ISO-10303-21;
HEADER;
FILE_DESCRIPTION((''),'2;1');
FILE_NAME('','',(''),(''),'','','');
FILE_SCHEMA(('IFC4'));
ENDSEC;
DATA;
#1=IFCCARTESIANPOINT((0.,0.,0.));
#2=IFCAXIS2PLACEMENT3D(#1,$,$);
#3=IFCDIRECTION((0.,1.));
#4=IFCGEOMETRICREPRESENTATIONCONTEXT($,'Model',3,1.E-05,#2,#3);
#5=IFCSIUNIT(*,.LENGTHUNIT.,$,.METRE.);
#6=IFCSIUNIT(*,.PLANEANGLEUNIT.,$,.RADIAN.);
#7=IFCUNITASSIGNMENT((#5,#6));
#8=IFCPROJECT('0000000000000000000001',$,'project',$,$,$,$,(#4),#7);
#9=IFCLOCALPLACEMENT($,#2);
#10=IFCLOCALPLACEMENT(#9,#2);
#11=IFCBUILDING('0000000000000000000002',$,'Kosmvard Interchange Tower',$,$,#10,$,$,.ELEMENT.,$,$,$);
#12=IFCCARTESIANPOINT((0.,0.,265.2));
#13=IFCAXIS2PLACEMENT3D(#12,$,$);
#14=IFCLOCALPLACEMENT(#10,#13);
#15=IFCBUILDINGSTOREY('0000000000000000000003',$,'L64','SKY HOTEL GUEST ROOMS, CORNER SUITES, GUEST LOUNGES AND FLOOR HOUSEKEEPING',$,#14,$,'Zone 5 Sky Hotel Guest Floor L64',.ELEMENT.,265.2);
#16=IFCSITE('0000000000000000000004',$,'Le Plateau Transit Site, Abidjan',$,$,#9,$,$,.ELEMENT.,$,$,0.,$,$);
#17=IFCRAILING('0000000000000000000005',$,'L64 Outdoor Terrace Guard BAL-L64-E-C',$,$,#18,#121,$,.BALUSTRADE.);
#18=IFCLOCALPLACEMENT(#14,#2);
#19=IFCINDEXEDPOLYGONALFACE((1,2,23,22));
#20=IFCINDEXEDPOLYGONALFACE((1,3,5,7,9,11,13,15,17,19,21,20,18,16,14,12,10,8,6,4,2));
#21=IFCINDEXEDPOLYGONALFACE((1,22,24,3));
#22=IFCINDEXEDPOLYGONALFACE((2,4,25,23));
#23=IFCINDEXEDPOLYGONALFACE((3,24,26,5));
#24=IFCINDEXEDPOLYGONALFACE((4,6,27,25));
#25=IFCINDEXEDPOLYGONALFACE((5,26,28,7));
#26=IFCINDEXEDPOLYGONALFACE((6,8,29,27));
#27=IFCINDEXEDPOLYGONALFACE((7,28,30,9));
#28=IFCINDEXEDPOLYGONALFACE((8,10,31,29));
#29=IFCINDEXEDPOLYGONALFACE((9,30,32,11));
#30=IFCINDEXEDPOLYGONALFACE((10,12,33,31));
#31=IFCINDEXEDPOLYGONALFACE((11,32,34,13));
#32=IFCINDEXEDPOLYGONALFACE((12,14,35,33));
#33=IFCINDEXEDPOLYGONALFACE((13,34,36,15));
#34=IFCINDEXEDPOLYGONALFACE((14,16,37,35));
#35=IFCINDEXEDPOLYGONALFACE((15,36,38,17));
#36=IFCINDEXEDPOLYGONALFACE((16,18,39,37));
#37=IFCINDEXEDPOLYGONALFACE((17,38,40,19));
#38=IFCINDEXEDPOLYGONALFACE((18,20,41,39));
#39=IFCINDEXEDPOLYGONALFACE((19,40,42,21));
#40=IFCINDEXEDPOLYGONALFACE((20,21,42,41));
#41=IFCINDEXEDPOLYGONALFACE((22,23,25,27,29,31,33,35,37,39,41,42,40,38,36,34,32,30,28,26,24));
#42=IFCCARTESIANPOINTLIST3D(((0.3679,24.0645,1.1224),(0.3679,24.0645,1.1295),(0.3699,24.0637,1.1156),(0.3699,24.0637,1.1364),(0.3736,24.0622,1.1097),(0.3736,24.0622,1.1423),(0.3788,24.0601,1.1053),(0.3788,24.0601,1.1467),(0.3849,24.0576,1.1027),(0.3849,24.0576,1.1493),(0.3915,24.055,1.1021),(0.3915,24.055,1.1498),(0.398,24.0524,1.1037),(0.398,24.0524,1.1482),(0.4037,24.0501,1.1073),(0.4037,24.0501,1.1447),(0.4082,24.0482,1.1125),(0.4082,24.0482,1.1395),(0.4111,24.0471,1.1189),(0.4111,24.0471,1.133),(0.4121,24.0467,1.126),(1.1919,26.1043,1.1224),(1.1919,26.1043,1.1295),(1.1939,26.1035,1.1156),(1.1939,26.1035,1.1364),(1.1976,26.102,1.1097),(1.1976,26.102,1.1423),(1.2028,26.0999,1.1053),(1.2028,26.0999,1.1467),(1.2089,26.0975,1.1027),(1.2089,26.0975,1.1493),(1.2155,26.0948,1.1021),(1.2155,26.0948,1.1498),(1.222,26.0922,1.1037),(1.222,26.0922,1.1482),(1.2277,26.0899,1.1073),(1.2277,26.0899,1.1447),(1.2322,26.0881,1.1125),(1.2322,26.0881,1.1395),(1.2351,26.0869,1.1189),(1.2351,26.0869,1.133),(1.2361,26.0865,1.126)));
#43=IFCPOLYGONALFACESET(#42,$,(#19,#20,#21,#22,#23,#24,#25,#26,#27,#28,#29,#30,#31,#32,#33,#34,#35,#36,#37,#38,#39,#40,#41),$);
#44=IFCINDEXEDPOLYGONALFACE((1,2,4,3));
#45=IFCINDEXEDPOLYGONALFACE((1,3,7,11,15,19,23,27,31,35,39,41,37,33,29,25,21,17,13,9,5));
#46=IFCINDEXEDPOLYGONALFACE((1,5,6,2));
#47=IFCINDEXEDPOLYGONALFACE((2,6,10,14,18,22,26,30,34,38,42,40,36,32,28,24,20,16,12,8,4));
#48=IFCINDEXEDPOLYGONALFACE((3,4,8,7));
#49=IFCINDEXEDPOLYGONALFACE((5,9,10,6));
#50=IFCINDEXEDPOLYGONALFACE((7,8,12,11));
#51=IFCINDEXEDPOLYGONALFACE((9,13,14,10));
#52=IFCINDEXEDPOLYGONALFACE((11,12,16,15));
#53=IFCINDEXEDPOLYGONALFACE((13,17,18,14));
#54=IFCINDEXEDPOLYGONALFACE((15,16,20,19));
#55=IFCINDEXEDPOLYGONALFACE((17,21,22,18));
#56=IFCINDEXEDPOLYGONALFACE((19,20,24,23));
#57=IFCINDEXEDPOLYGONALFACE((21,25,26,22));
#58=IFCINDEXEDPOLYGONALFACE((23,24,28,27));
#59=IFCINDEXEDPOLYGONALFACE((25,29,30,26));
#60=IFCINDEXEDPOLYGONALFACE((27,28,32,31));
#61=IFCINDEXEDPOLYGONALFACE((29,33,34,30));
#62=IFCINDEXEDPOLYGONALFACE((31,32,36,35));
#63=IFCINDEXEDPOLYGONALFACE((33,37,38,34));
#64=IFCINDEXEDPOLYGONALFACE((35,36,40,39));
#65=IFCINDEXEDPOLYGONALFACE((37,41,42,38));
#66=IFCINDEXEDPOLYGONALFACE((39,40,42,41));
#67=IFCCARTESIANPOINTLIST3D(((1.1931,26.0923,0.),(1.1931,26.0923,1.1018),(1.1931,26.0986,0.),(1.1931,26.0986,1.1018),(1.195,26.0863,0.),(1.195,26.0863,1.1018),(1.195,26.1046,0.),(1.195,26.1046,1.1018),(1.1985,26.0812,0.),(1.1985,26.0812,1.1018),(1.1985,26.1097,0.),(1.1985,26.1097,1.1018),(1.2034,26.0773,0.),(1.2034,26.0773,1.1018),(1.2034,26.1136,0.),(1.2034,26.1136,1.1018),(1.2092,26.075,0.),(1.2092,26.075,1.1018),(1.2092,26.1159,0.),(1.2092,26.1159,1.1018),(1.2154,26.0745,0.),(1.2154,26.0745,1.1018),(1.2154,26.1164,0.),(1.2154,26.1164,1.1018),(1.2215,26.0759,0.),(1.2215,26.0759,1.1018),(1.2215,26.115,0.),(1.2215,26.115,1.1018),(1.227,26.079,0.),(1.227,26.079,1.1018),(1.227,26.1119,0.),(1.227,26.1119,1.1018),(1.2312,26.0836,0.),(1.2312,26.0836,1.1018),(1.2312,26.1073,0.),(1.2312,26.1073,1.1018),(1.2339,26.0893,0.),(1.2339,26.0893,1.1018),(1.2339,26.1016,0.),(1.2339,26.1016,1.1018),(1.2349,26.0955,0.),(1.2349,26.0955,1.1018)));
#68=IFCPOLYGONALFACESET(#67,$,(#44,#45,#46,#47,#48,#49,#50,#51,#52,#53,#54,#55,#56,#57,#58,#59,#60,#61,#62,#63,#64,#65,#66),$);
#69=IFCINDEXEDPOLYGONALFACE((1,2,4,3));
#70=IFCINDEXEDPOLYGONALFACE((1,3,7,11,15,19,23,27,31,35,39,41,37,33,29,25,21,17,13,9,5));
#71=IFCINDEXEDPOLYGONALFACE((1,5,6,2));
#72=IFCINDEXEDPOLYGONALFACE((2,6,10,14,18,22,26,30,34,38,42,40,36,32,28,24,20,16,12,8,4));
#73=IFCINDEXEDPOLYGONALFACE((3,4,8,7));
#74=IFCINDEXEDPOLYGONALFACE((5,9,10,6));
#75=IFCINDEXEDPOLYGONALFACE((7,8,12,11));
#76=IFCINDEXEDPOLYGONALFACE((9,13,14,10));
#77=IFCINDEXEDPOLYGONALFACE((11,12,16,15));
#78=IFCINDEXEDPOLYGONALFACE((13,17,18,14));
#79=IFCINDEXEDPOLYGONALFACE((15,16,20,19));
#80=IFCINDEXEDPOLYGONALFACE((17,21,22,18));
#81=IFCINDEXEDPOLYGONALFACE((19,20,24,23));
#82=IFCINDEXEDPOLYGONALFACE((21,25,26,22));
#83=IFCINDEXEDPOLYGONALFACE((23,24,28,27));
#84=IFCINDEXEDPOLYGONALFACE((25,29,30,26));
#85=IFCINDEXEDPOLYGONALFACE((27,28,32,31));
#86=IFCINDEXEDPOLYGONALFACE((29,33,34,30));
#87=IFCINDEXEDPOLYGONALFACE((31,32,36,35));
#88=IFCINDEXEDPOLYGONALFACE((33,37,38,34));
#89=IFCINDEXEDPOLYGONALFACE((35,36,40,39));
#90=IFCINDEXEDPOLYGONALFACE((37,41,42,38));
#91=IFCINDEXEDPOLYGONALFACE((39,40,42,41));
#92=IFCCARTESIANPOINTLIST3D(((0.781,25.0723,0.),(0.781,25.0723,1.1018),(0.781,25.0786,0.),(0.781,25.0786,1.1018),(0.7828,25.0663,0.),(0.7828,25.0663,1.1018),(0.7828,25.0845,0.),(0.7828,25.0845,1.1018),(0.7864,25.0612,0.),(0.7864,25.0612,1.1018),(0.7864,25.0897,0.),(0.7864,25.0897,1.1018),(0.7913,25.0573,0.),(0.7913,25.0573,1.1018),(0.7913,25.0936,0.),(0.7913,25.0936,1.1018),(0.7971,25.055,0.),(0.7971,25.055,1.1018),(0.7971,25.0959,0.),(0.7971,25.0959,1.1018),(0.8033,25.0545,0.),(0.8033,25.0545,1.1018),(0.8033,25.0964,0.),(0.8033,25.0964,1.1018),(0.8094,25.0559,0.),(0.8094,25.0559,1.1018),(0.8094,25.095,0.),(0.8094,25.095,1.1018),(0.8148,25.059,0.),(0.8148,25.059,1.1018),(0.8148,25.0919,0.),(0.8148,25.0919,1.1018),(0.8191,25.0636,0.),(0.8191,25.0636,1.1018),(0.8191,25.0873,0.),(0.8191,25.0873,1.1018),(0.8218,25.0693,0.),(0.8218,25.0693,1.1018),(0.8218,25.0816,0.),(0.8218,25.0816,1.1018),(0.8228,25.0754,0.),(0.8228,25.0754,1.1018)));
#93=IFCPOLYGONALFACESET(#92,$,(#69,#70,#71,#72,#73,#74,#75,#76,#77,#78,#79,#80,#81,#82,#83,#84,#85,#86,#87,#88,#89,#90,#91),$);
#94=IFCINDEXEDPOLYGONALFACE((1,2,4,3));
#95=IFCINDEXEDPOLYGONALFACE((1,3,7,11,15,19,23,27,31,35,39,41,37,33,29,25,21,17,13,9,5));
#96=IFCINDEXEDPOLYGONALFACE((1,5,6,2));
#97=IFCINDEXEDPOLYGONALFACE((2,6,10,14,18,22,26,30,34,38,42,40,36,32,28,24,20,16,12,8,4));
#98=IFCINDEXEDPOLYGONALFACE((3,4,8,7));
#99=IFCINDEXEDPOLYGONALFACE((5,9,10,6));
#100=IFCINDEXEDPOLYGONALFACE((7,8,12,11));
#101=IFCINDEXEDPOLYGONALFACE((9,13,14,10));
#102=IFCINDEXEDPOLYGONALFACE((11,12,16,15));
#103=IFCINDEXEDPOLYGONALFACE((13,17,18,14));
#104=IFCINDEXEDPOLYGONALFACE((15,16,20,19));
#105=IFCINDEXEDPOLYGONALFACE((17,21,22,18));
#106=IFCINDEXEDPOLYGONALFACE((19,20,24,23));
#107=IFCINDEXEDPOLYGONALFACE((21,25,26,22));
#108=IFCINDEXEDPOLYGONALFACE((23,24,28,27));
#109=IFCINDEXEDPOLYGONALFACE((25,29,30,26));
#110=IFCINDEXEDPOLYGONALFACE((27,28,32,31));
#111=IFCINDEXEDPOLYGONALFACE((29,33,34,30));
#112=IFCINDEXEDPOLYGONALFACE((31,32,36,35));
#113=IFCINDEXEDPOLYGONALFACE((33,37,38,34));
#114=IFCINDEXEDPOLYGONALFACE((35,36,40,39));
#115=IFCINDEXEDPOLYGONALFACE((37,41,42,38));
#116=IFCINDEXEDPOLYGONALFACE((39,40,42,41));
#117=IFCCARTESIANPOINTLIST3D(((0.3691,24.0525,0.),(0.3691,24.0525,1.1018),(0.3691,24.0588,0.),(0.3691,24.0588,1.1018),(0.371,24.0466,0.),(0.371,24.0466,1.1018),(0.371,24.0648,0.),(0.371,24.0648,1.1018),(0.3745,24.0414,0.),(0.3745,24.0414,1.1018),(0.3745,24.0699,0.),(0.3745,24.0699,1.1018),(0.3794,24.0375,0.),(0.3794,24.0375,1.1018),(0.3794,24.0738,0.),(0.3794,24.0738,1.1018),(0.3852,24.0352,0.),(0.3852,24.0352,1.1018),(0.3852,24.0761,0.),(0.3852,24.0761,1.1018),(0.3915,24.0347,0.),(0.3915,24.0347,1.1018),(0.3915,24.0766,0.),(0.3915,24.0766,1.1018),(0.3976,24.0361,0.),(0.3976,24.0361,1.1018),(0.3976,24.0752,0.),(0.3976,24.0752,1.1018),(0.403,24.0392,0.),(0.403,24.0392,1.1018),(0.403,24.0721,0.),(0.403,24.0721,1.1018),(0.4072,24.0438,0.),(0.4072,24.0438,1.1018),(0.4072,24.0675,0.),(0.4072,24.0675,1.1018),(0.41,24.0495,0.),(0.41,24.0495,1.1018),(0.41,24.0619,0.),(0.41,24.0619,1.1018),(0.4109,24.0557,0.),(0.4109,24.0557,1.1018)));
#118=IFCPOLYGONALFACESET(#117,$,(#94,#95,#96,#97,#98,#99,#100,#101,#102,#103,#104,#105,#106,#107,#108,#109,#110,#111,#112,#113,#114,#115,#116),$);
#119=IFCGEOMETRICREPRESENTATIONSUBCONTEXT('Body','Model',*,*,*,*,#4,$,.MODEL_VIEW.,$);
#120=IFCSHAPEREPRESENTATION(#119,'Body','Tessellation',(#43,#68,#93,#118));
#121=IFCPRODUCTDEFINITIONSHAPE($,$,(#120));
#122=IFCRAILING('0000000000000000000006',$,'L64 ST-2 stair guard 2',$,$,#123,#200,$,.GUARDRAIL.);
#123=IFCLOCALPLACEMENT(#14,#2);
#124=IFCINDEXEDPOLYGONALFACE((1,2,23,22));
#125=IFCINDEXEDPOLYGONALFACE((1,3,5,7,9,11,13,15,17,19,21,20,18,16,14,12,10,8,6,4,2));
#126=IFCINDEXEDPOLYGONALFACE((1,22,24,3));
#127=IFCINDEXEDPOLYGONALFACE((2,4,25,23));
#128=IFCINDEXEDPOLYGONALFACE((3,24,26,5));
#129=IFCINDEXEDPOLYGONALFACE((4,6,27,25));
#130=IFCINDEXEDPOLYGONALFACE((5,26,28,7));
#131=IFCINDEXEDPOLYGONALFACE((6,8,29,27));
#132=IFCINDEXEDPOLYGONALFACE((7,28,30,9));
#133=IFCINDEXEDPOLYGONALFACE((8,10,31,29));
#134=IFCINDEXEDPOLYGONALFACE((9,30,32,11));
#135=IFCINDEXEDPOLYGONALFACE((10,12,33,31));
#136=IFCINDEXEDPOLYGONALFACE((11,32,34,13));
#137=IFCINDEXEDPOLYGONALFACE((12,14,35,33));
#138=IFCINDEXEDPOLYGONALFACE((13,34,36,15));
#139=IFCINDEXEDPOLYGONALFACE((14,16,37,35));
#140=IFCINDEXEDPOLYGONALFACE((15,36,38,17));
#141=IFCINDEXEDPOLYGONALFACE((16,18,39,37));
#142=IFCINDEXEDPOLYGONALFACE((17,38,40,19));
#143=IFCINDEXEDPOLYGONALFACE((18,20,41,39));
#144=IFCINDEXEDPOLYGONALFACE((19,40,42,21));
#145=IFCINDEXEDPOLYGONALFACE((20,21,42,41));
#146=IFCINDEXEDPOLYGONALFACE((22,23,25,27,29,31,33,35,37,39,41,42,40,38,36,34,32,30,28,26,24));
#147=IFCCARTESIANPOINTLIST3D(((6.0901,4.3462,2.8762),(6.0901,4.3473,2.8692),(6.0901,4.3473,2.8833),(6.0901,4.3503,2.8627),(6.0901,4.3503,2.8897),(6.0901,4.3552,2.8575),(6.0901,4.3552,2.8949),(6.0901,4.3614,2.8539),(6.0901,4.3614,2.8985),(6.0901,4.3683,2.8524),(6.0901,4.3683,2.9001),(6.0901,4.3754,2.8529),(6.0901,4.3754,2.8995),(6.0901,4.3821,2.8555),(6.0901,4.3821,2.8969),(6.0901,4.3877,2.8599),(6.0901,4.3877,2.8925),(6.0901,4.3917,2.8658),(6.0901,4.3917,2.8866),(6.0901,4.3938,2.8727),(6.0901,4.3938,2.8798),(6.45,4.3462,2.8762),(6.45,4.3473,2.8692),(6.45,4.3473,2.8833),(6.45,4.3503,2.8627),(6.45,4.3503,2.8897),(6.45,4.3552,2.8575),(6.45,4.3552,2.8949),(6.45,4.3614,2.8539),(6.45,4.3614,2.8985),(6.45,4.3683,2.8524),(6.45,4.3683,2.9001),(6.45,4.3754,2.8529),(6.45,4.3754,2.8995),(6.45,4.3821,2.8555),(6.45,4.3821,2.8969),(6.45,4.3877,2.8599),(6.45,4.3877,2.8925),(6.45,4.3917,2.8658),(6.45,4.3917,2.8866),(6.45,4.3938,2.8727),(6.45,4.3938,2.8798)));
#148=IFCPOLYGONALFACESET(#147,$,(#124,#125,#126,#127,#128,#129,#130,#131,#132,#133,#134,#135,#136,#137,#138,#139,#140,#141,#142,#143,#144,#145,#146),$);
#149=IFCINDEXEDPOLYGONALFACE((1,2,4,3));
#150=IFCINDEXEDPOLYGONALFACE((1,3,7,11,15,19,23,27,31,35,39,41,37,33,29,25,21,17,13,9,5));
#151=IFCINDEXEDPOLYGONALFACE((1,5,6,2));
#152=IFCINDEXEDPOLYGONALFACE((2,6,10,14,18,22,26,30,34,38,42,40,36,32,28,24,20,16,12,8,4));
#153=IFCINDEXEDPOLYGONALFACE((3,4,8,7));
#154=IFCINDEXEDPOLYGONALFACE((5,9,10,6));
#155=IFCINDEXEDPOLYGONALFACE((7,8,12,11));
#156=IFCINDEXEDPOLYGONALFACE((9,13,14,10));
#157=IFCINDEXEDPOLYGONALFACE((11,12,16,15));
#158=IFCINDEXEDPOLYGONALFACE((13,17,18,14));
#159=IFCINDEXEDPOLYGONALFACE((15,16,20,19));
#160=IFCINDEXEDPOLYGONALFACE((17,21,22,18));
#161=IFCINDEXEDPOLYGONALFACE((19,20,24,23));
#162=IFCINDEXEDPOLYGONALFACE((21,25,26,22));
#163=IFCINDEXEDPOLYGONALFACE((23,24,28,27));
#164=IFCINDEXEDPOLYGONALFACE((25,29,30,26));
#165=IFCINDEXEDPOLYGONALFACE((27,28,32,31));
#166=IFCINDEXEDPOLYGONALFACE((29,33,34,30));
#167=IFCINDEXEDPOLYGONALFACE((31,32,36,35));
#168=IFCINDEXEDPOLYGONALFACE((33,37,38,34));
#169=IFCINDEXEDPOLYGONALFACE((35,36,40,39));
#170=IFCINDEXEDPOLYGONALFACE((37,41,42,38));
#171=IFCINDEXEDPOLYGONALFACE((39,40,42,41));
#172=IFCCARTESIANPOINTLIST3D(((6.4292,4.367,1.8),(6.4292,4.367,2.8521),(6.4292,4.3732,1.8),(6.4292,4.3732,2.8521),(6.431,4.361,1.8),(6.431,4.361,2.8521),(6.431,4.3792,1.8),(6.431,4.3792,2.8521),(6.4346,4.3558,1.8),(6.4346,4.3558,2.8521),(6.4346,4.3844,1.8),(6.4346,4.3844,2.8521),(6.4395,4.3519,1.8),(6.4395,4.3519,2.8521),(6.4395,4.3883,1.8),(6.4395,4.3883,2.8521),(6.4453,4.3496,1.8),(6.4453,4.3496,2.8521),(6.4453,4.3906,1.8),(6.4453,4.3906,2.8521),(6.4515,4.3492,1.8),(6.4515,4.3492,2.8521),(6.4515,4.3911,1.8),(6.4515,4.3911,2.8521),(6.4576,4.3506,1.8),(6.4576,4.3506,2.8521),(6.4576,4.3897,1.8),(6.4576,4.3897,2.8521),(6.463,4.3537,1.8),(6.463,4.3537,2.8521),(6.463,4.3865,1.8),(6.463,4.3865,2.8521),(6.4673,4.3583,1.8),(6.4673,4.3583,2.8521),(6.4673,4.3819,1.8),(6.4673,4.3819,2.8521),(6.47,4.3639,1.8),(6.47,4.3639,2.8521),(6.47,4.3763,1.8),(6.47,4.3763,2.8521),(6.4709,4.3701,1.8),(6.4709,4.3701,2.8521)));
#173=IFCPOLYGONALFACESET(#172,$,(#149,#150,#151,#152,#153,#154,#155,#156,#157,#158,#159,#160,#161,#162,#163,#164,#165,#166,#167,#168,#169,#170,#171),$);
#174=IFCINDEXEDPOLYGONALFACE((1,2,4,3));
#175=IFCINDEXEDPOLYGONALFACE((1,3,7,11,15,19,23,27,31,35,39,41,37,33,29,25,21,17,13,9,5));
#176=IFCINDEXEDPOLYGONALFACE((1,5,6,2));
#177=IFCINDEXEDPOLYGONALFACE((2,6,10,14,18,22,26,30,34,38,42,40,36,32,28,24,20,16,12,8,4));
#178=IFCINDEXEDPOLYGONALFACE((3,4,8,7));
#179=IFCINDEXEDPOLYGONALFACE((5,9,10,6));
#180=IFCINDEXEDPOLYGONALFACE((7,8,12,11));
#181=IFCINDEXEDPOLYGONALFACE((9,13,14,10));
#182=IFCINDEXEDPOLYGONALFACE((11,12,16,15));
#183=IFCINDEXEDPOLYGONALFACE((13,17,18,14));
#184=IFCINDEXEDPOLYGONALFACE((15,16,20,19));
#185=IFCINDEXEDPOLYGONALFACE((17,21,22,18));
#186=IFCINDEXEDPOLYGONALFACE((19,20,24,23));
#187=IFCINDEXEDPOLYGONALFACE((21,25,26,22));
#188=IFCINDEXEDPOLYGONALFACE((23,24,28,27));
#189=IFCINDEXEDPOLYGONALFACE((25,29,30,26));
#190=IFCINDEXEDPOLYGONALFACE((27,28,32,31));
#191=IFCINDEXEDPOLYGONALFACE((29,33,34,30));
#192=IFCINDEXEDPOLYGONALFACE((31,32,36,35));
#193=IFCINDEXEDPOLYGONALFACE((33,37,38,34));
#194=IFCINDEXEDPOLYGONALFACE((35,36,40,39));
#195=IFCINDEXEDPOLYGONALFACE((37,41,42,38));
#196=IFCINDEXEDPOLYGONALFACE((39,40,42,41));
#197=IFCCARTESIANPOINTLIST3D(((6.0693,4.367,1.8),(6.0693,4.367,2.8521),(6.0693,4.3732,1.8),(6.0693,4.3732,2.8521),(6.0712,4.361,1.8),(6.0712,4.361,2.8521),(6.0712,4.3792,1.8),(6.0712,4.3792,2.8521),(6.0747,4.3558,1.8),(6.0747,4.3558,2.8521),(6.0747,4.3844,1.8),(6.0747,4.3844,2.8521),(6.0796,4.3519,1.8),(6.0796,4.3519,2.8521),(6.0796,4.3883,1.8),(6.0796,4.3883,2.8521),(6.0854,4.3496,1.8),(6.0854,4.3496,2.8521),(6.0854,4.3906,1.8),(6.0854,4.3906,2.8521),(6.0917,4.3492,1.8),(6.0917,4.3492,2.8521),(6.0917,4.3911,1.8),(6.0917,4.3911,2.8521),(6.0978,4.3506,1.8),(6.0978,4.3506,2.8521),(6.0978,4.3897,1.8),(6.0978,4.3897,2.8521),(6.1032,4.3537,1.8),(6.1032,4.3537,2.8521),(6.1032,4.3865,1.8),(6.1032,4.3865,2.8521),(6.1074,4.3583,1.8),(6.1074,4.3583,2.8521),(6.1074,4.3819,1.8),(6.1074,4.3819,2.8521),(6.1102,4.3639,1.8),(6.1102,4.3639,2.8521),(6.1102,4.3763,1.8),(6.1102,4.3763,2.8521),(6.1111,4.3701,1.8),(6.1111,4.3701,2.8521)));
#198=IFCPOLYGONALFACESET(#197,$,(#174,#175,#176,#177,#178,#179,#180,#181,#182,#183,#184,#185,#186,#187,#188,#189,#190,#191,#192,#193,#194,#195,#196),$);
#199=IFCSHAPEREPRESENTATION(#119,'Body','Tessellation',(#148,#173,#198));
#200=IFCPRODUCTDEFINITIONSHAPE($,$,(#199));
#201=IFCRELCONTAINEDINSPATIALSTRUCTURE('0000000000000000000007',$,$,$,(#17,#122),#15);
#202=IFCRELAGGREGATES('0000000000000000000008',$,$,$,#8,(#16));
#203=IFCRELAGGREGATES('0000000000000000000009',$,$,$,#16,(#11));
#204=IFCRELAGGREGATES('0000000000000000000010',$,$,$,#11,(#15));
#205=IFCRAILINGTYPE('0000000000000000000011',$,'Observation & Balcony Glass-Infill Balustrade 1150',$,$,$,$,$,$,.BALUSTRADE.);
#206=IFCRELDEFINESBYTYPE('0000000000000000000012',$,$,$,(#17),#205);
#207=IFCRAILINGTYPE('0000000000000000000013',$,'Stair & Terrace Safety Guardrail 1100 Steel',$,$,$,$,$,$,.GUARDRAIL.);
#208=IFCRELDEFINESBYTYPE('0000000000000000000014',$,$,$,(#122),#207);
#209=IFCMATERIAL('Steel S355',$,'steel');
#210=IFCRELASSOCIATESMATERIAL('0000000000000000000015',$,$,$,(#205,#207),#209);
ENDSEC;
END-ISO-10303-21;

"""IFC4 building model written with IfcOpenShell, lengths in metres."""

from ifc_helpers import new_model, si_unit, direction, frame, origin, origin_2d, place, context, subcontext, project, spatial, circle, extrude, source, transform, mapped, material, type_object, element, save


model = new_model("IFC4")

# Units and contexts
model_context = context("Model", 3, precision=1e-05, world=origin(), true_north=direction((0.0, 1.0)))
body_context = subcontext(model_context, "Body", "Model", "MODEL_VIEW")
ifc_project = project(units=[si_unit("LENGTHUNIT", "METRE"), si_unit("PLANEANGLEUNIT", "RADIAN")], contexts=[model_context])

# Site, building, storey
site_placement = place(None, origin())
site = spatial("IfcSite", under=ifc_project, at=site_placement, Name="Le Plateau Transit Site, Abidjan", CompositionType="ELEMENT", RefElevation=0.0)
building_placement = place(site_placement, origin())
building = spatial("IfcBuilding", under=site, at=building_placement, Name="Kosmvard Interchange Tower", CompositionType="ELEMENT")
storey_placement = place(building_placement, frame((0.0, 0.0, 265.2)))
storey = spatial("IfcBuildingStorey", under=building, at=storey_placement, Name="L64", Description="SKY HOTEL GUEST ROOMS, CORNER SUITES, GUEST LOUNGES AND FLOOR HOUSEKEEPING", LongName="Zone 5 Sky Hotel Guest Floor L64", CompositionType="ELEMENT", Elevation=265.2)

# Shared definitions
ifc_material_1 = material(Name="Steel S355", Category="steel")

# Railings
railing_type_1 = type_object("IfcRailingType", Name="Observation & Balcony Glass-Infill Balustrade 1150", PredefinedType="BALUSTRADE", material=ifc_material_1)
shared_shape_1 = source(origin(), body_context, "Body", "SweptSolid", [
    extrude(circle(Radius=0.0239, at=origin_2d()), frame((0.0, 0.0, 1.126), z_axis=(-0.374546, -0.927208, 0.0), x_axis=(0.927208, -0.374546, 0.0)), (0.0, 0.0, 1.0), 2.2),
    extrude(circle(Radius=0.021, at=origin_2d()), origin(), (0.0, 0.0, 1.0), 1.1018),
    extrude(circle(Radius=0.021, at=origin_2d()), frame((-0.4121, -1.02, 0.0)), (0.0, 0.0, 1.0), 1.1018),
    extrude(circle(Radius=0.021, at=origin_2d()), frame((-0.824, -2.0398, 0.0)), (0.0, 0.0, 1.0), 1.1018),
])
railing_1_placement = place(storey_placement, frame((1.2139, 26.0955, 0.0)))
element("IfcRailing", 1, at=railing_1_placement, inside=storey, type_object=railing_type_1, Name="L64 Outdoor Terrace Guard BAL-L64-E-C", PredefinedType="BALUSTRADE", context=body_context, shape_type="MappedRepresentation", body=[
    mapped(shared_shape_1, transform((0.0, 0.0, 0.0), scale=1.0)),
])
railing_type_2 = type_object("IfcRailingType", Name="Stair & Terrace Safety Guardrail 1100 Steel", PredefinedType="GUARDRAIL", material=ifc_material_1)
shared_shape_2 = source(origin(), body_context, "Body", "SweptSolid", [
    extrude(circle(Radius=0.0239, at=origin_2d()), frame((0.0, 0.0, 1.0762), z_axis=(-1.0, 0.0, 0.0), x_axis=(0.0, -1.0, 0.0)), (0.0, 0.0, 1.0), 0.3599),
    extrude(circle(Radius=0.021, at=origin_2d()), origin(), (0.0, 0.0, 1.0), 1.052),
    extrude(circle(Radius=0.021, at=origin_2d()), frame((-0.3599, 0.0, 0.0)), (0.0, 0.0, 1.0), 1.052),
])
for number, where, name in (
    (2, (6.45, 4.3701, 1.8), "L64 ST-2 stair guard 2"),
):
    element("IfcRailing", number, at=place(storey_placement, frame(where)), inside=storey, type_object=railing_type_2, Name=name, PredefinedType="GUARDRAIL", context=body_context, shape_type="MappedRepresentation", body=[
        mapped(shared_shape_2, transform((0.0, 0.0, 0.0), scale=1.0)),
    ])

save(model, "model.ifc")
